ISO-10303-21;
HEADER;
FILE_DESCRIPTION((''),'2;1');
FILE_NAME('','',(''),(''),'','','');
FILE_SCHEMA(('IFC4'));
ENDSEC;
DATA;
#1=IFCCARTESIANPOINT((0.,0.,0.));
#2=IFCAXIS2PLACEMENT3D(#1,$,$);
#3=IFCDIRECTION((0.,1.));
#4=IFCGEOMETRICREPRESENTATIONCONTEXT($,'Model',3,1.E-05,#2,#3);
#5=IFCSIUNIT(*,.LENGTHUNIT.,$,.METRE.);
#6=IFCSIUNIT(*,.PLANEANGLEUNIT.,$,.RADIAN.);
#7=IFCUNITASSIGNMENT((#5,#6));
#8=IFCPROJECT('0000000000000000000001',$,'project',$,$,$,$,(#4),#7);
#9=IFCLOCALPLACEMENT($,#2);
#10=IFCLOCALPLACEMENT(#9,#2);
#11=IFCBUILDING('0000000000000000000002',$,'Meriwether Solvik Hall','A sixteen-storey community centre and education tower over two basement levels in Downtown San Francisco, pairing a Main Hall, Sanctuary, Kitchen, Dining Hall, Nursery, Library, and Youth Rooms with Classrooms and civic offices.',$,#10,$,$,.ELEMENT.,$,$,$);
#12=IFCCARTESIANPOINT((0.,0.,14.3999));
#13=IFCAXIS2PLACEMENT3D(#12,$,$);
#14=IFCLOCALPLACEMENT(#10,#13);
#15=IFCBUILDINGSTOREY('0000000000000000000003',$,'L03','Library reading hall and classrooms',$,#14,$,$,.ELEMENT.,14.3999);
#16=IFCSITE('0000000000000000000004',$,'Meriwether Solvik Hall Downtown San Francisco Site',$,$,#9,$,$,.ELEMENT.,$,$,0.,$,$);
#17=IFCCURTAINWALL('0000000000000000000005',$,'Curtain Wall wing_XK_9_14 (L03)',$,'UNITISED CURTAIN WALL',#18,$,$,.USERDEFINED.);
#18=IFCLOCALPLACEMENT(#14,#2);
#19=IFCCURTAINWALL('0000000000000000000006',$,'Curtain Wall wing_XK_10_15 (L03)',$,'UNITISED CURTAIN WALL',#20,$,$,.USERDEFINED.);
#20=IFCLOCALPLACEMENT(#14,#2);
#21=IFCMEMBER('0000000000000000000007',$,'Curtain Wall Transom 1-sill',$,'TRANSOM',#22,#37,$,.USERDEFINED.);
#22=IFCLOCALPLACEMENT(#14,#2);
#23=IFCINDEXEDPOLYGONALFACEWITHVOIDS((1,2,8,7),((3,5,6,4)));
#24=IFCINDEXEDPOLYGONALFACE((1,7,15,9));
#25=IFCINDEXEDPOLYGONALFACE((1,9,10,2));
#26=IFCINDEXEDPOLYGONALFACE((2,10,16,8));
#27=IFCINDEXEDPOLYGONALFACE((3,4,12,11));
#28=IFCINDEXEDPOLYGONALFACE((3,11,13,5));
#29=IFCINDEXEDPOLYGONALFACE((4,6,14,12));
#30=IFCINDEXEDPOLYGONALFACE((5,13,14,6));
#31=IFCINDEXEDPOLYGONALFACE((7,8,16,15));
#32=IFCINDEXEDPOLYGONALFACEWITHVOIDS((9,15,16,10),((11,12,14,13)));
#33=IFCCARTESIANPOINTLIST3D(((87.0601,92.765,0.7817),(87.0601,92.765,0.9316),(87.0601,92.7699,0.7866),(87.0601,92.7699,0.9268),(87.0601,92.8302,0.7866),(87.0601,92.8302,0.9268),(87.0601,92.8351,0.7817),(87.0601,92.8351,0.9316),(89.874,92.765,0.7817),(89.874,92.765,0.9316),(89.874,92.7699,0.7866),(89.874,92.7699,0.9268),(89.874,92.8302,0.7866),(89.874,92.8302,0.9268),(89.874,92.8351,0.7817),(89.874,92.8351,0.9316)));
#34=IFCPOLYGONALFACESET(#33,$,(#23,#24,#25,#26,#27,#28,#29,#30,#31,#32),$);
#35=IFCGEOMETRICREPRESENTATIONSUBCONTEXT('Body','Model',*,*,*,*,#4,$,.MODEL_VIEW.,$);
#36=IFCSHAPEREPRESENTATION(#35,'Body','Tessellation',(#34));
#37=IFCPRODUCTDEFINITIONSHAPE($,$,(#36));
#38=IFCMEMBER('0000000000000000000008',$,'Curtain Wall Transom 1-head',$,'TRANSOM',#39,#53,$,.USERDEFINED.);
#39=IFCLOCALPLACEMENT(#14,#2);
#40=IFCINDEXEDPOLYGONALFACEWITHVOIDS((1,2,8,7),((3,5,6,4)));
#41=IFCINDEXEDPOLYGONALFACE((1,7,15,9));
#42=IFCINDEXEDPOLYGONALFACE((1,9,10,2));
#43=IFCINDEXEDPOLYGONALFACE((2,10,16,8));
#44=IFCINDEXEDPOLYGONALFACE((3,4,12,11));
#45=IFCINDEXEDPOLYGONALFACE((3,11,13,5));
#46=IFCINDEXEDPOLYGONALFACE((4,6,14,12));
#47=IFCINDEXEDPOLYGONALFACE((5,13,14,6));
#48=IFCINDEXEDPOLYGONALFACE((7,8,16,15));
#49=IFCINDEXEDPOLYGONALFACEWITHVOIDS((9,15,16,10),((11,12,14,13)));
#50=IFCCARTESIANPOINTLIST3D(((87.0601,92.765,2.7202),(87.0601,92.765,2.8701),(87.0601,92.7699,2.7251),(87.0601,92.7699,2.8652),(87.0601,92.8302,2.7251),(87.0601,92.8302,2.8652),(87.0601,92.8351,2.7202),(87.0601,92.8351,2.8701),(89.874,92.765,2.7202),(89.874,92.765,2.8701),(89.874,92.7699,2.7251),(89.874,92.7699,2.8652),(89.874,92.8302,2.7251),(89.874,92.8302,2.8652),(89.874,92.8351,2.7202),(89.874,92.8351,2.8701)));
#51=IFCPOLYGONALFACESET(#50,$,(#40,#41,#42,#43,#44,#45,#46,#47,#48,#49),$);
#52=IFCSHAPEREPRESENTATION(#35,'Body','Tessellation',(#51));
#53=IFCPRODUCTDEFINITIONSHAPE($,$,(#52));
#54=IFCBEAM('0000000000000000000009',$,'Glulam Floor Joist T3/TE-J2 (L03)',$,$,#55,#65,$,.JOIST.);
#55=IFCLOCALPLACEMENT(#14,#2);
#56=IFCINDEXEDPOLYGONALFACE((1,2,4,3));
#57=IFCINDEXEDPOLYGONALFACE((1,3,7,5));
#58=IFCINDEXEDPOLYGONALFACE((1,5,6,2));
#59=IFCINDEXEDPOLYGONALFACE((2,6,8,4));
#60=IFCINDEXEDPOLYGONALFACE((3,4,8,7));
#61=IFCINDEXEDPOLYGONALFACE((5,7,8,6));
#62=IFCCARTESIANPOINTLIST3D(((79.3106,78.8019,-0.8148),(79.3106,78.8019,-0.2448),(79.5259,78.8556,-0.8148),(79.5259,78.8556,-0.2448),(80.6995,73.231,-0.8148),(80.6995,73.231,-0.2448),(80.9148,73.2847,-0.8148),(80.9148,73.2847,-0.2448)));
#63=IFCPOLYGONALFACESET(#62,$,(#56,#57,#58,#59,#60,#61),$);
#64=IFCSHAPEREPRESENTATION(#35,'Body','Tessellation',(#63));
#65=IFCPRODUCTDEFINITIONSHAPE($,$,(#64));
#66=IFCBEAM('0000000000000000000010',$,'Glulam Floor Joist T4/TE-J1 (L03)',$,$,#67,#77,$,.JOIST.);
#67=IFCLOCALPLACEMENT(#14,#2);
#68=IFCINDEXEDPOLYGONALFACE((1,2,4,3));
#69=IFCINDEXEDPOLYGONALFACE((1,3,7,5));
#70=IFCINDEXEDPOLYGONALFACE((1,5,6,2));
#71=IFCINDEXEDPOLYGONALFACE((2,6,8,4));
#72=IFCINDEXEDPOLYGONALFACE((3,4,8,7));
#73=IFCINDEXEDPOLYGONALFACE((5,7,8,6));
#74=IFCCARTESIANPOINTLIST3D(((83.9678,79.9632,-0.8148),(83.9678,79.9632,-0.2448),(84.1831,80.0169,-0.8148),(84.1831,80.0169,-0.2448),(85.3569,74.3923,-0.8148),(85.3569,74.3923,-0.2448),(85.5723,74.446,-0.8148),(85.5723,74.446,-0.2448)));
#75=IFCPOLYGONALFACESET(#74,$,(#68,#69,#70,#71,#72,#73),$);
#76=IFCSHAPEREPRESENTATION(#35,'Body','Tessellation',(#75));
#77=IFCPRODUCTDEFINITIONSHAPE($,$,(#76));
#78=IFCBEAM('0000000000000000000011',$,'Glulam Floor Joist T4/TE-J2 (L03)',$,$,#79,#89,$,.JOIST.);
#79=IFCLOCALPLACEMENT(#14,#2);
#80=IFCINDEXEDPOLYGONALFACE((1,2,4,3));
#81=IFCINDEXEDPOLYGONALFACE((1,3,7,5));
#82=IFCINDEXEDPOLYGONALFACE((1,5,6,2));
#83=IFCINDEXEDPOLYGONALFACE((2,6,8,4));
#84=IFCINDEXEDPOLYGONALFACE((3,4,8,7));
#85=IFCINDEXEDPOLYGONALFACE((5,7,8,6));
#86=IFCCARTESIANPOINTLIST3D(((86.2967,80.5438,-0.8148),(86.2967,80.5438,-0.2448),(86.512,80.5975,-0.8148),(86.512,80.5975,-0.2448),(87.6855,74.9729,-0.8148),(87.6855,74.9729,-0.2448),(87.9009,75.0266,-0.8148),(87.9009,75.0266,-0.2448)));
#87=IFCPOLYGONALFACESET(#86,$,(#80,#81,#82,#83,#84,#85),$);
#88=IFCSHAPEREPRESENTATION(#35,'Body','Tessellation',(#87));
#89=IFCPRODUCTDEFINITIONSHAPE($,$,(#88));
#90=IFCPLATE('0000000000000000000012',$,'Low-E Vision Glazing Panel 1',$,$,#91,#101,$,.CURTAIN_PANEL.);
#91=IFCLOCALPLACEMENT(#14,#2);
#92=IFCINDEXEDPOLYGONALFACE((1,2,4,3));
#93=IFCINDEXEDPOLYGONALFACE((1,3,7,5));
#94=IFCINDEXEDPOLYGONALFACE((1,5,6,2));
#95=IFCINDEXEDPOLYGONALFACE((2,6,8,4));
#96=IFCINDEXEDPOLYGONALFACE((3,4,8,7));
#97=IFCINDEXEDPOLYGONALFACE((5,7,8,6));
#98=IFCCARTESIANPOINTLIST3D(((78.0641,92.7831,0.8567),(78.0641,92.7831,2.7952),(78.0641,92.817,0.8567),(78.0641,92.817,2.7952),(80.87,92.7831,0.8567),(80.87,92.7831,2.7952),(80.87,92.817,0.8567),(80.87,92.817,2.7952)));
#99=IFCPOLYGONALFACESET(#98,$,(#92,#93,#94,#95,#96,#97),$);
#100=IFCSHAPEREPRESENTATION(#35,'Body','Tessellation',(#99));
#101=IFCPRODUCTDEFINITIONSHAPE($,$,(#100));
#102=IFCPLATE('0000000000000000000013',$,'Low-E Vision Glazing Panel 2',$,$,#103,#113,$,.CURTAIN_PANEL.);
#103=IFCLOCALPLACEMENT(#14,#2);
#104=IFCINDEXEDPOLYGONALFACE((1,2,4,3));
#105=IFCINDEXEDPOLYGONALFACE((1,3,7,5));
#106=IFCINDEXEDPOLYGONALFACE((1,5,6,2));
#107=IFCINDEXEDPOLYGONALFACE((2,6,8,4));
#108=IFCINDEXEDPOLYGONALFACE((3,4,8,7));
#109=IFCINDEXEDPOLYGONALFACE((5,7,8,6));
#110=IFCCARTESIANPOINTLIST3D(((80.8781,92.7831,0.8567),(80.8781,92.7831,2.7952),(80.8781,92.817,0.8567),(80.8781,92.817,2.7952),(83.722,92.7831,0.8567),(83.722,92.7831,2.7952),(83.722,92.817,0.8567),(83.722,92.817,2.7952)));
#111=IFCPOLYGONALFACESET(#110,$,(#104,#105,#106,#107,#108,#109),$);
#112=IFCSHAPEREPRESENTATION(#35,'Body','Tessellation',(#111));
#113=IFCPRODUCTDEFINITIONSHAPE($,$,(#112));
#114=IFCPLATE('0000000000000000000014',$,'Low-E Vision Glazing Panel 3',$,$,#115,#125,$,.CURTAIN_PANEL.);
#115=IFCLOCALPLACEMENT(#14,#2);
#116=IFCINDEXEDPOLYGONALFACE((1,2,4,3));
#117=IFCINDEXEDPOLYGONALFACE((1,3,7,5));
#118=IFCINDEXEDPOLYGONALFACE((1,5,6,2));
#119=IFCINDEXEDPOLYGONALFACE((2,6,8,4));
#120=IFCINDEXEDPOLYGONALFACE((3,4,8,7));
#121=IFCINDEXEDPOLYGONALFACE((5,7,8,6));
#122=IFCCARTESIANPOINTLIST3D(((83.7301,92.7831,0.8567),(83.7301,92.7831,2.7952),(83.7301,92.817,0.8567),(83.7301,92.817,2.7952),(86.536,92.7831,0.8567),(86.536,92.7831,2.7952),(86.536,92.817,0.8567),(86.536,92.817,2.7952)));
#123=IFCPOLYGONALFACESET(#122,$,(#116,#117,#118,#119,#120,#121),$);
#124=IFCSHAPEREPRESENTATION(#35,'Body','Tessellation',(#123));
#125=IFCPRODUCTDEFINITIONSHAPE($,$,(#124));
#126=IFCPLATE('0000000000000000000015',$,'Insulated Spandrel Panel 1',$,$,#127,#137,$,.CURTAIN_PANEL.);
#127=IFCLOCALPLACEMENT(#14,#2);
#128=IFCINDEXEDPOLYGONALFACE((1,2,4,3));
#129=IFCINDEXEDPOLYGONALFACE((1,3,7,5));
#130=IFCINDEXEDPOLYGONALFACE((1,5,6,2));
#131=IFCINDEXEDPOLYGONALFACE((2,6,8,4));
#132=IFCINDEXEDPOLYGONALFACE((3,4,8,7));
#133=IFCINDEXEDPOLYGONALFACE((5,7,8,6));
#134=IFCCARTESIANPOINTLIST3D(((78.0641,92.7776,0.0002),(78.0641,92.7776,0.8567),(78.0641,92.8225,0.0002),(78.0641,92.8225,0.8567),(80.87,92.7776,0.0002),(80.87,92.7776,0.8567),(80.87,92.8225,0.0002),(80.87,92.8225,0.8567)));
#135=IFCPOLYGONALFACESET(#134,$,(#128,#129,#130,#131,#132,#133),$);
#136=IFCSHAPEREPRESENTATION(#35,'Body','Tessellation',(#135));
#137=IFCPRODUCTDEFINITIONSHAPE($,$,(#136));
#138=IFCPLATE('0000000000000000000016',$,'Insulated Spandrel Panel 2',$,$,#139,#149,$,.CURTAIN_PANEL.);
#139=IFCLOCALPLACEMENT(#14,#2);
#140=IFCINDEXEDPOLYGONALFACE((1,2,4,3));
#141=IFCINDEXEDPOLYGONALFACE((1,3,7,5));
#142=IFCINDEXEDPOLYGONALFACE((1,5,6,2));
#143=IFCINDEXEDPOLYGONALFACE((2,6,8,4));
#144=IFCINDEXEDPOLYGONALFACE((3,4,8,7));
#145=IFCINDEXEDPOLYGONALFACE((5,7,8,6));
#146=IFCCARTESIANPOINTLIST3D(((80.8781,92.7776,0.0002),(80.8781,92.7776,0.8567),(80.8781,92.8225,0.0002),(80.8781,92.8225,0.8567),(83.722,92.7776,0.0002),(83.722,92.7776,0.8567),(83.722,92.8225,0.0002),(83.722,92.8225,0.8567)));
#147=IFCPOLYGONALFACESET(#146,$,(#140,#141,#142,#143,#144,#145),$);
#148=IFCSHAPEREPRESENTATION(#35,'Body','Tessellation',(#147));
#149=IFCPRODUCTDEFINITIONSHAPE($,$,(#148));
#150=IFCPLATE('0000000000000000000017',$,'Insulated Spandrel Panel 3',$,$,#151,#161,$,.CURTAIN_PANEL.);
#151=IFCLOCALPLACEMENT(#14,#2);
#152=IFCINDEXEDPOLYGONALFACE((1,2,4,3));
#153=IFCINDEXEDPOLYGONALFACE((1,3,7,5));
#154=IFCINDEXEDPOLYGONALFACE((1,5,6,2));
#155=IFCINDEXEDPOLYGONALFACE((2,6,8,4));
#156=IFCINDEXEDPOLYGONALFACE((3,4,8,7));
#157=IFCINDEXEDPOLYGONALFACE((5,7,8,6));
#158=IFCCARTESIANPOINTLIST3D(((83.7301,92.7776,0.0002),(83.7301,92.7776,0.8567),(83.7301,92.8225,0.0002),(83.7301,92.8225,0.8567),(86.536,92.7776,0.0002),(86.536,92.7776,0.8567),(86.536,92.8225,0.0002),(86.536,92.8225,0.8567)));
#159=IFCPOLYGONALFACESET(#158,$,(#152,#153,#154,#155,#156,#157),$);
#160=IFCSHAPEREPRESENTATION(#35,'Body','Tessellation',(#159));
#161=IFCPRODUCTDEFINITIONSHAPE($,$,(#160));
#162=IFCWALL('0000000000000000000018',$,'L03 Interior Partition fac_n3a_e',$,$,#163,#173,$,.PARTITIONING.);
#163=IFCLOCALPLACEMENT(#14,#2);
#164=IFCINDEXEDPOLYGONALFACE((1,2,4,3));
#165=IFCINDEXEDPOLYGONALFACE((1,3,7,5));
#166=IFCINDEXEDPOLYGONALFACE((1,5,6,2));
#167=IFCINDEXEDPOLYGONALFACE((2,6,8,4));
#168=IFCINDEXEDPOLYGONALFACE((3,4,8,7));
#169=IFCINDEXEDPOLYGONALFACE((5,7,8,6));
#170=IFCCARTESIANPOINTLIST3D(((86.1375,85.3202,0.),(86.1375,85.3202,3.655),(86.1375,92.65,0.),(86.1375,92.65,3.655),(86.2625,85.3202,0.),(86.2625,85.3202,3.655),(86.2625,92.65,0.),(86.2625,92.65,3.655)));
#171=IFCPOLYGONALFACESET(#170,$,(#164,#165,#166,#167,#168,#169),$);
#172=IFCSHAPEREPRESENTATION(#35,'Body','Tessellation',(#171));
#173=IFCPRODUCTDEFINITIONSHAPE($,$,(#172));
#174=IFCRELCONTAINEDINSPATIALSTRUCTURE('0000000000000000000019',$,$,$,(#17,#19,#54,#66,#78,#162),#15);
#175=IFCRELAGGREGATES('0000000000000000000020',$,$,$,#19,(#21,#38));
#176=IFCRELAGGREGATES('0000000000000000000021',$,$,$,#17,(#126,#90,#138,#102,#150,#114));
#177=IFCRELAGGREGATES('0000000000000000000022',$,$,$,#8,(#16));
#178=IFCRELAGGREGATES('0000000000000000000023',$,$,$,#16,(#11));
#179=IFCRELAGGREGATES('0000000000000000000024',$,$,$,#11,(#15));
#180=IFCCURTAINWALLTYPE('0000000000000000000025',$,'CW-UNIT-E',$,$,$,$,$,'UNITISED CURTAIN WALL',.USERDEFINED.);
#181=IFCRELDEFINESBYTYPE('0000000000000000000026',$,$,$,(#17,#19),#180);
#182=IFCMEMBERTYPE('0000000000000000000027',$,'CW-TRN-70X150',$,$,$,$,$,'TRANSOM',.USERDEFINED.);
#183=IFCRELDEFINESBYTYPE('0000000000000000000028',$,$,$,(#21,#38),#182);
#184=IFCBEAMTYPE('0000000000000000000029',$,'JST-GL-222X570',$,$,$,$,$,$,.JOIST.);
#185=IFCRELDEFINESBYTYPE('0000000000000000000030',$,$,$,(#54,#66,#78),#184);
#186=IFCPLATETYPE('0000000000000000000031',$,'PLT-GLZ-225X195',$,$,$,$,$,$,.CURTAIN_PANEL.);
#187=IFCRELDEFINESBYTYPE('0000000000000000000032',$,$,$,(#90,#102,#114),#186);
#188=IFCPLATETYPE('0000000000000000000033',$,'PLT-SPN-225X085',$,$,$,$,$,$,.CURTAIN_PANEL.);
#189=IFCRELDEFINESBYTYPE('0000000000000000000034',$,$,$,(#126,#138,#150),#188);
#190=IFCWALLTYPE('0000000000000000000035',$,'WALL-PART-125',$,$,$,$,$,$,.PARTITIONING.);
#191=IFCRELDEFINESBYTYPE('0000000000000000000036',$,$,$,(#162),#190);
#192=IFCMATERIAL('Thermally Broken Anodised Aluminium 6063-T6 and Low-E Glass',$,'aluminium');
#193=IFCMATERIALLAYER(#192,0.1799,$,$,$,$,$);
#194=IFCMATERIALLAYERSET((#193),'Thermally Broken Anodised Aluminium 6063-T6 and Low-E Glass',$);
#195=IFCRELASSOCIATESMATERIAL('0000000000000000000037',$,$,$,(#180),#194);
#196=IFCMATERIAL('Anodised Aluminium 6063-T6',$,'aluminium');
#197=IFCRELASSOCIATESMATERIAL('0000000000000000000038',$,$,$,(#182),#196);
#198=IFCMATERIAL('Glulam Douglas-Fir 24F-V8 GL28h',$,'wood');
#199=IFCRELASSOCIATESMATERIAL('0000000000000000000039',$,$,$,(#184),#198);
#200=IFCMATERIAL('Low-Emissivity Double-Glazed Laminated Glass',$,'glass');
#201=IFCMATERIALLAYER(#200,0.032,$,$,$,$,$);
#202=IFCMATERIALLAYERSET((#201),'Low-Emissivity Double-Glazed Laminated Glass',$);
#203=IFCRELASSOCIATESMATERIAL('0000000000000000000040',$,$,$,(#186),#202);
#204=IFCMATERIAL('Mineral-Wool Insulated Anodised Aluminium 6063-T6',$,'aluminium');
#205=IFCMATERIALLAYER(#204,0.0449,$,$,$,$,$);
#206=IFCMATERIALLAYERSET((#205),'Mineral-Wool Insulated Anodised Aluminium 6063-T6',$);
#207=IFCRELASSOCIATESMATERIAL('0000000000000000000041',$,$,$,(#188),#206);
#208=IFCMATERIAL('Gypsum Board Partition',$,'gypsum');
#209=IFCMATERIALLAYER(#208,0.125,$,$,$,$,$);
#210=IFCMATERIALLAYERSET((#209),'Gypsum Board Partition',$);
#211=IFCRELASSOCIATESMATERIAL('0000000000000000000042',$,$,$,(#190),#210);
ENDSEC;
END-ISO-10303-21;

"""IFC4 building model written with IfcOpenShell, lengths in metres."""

from ifc_helpers import new_model, si_unit, direction, frame, frame_2d, origin, origin_2d, place, context, subcontext, project, spatial, rectangle, hollow_rectangle, extrude, material, layer, layer_set, material_profile, profile_set, type_object, element, aggregate, save


model = new_model("IFC4")

# Units and contexts
model_context = context("Model", 3, precision=1e-05, world=origin(), true_north=direction((0.0, 1.0)))
body_context = subcontext(model_context, "Body", "Model", "MODEL_VIEW")
ifc_project = project(units=[si_unit("LENGTHUNIT", "METRE"), si_unit("PLANEANGLEUNIT", "RADIAN")], contexts=[model_context])

# Site, building, storey
site_placement = place(None, origin())
site = spatial("IfcSite", under=ifc_project, at=site_placement, Name="Meriwether Solvik Hall Downtown San Francisco Site", CompositionType="ELEMENT", RefElevation=0.0)
building_placement = place(site_placement, origin())
building = spatial("IfcBuilding", under=site, at=building_placement, Name="Meriwether Solvik Hall", Description="A sixteen-storey community centre and education tower over two basement levels in Downtown San Francisco, pairing a Main Hall, Sanctuary, Kitchen, Dining Hall, Nursery, Library, and Youth Rooms with Classrooms and civic offices.", CompositionType="ELEMENT")
storey_placement = place(building_placement, frame((0.0, 0.0, 14.3999)))
storey = spatial("IfcBuildingStorey", under=building, at=storey_placement, Name="L03", Description="Library reading hall and classrooms", CompositionType="ELEMENT", Elevation=14.3999)

# Curtain wall
ifc_material_1 = material(Name="Thermally Broken Anodised Aluminium 6063-T6 and Low-E Glass", Category="aluminium")
ifc_layer_1 = layer(ifc_material_1, 0.1799)
ifc_layer_set_1 = layer_set([ifc_layer_1], Name="Thermally Broken Anodised Aluminium 6063-T6 and Low-E Glass")
curtain_wall_type = type_object("IfcCurtainWallType", Name="CW-UNIT-E", ElementType="UNITISED CURTAIN WALL", PredefinedType="USERDEFINED", material=ifc_layer_set_1)
curtain_wall_1_placement = place(storey_placement, origin())
curtain_wall_1 = element("IfcCurtainWall", 1, at=curtain_wall_1_placement, inside=storey, type_object=curtain_wall_type, Name="Curtain Wall wing_XK_9_14 (L03)", ObjectType="UNITISED CURTAIN WALL", PredefinedType="USERDEFINED")

# Curtain wall
curtain_wall_2_placement = place(storey_placement, origin())
curtain_wall_2 = element("IfcCurtainWall", 2, at=curtain_wall_2_placement, inside=storey, type_object=curtain_wall_type, Name="Curtain Wall wing_XK_10_15 (L03)", ObjectType="UNITISED CURTAIN WALL", PredefinedType="USERDEFINED")

# Members
ifc_material_2 = material(Name="Anodised Aluminium 6063-T6", Category="aluminium")
ifc_material_profile_1 = material_profile(ifc_material_2, hollow_rectangle(XDim=0.0701, YDim=0.1499, WallThickness=0.0049, at=origin_2d()), Name="CWT-70X150")
ifc_profile_set_1 = profile_set([ifc_material_profile_1], Name="Anodised Aluminium 6063-T6")
member_type_1 = type_object("IfcMemberType", Name="CW-TRN-70X150", ElementType="TRANSOM", PredefinedType="USERDEFINED", material=ifc_profile_set_1)
member_1_placement = place(storey_placement, frame((87.0601, 92.8, 0.8567), z_axis=(1.0, 0.0, 0.0), x_axis=(0.0, 1.0, 0.0)))
member_1 = element("IfcMember", 3, at=member_1_placement, type_object=member_type_1, Name="Curtain Wall Transom 1-sill", ObjectType="TRANSOM", PredefinedType="USERDEFINED", context=body_context, shape_type="SweptSolid", body=[
    extrude(hollow_rectangle(XDim=0.0701, YDim=0.1499, WallThickness=0.0049, at=origin_2d()), origin(), (0.0, 0.0, 1.0), 2.814),
])
member_2_placement = place(storey_placement, frame((87.0601, 92.8, 2.7952), z_axis=(1.0, 0.0, 0.0), x_axis=(0.0, 1.0, 0.0)))
member_2 = element("IfcMember", 4, at=member_2_placement, type_object=member_type_1, Name="Curtain Wall Transom 1-head", ObjectType="TRANSOM", PredefinedType="USERDEFINED", context=body_context, shape_type="SweptSolid", body=[
    extrude(hollow_rectangle(XDim=0.0701, YDim=0.1499, WallThickness=0.0049, at=origin_2d()), origin(), (0.0, 0.0, 1.0), 2.814),
])
aggregate(curtain_wall_2, [member_1, member_2])

# Beams
ifc_material_3 = material(Name="Glulam Douglas-Fir 24F-V8 GL28h", Category="wood")
ifc_material_profile_2 = material_profile(ifc_material_3, rectangle(XDim=0.2219, YDim=0.5701, at=origin_2d()), Name="GLJ-222X570")
ifc_profile_set_2 = profile_set([ifc_material_profile_2], Name="Glulam Douglas-Fir 24F-V8 GL28h")
beam_type_1 = type_object("IfcBeamType", Name="JST-GL-222X570", PredefinedType="JOIST", material=ifc_profile_set_2)
for number, where, z_axis, x_axis, name in (
    (5, (80.8071, 73.2578, -0.5298), (-0.241905, 0.9703, 0.0), (-0.9703, -0.241905, 0.0), "Glulam Floor Joist T3/TE-J2 (L03)"),
    (6, (85.4646, 74.4192, -0.5298), (-0.241955, 0.970287, 0.0), (-0.970287, -0.241955, 0.0), "Glulam Floor Joist T4/TE-J1 (L03)"),
    (7, (87.7932, 74.9998, -0.5298), (-0.241905, 0.9703, 0.0), (-0.9703, -0.241905, 0.0), "Glulam Floor Joist T4/TE-J2 (L03)"),
):
    element("IfcBeam", number, at=place(storey_placement, frame(where, z_axis=z_axis, x_axis=x_axis)), inside=storey, type_object=beam_type_1, Name=name, PredefinedType="JOIST", context=body_context, shape_type="SweptSolid", body=[
        extrude(rectangle(XDim=0.2219, YDim=0.5701, at=origin_2d()), origin(), (0.0, 0.0, 1.0), 5.7415),
    ])

# Plates
ifc_material_4 = material(Name="Low-Emissivity Double-Glazed Laminated Glass", Category="glass")
ifc_layer_2 = layer(ifc_material_4, 0.032)
ifc_layer_set_2 = layer_set([ifc_layer_2], Name="Low-Emissivity Double-Glazed Laminated Glass")
plate_type_1 = type_object("IfcPlateType", Name="PLT-GLZ-225X195", PredefinedType="CURTAIN_PANEL", material=ifc_layer_set_2)
plate_1_placement = place(storey_placement, frame((79.467, 92.8, 0.8567), z_axis=(0.0, 0.0, 1.0), x_axis=(1.0, 0.0, 0.0)))
plate_1 = element("IfcPlate", 8, at=plate_1_placement, type_object=plate_type_1, Name="Low-E Vision Glazing Panel 1", PredefinedType="CURTAIN_PANEL", context=body_context, shape_type="SweptSolid", body=[
    extrude(rectangle(XDim=2.8059, YDim=0.0339, at=origin_2d()), origin(), (0.0, 0.0, 1.0), 1.9385),
])
plate_2_placement = place(storey_placement, frame((82.3, 92.8, 0.8567), z_axis=(0.0, 0.0, 1.0), x_axis=(1.0, 0.0, 0.0)))
plate_2 = element("IfcPlate", 9, at=plate_2_placement, type_object=plate_type_1, Name="Low-E Vision Glazing Panel 2", PredefinedType="CURTAIN_PANEL", context=body_context, shape_type="SweptSolid", body=[
    extrude(rectangle(XDim=2.844, YDim=0.0339, at=origin_2d()), origin(), (0.0, 0.0, 1.0), 1.9385),
])
plate_3_placement = place(storey_placement, frame((85.1331, 92.8, 0.8567), z_axis=(0.0, 0.0, 1.0), x_axis=(1.0, 0.0, 0.0)))
plate_3 = element("IfcPlate", 10, at=plate_3_placement, type_object=plate_type_1, Name="Low-E Vision Glazing Panel 3", PredefinedType="CURTAIN_PANEL", context=body_context, shape_type="SweptSolid", body=[
    extrude(rectangle(XDim=2.8059, YDim=0.0339, at=origin_2d()), origin(), (0.0, 0.0, 1.0), 1.9385),
])
ifc_material_5 = material(Name="Mineral-Wool Insulated Anodised Aluminium 6063-T6", Category="aluminium")
ifc_layer_3 = layer(ifc_material_5, 0.0449)
ifc_layer_set_3 = layer_set([ifc_layer_3], Name="Mineral-Wool Insulated Anodised Aluminium 6063-T6")
plate_type_2 = type_object("IfcPlateType", Name="PLT-SPN-225X085", PredefinedType="CURTAIN_PANEL", material=ifc_layer_set_3)
plate_4_placement = place(storey_placement, frame((79.467, 92.8, 0.0002), z_axis=(0.0, 0.0, 1.0), x_axis=(1.0, 0.0, 0.0)))
plate_4 = element("IfcPlate", 11, at=plate_4_placement, type_object=plate_type_2, Name="Insulated Spandrel Panel 1", PredefinedType="CURTAIN_PANEL", context=body_context, shape_type="SweptSolid", body=[
    extrude(rectangle(XDim=2.8059, YDim=0.0449, at=origin_2d()), origin(), (0.0, 0.0, 1.0), 0.8564),
])
plate_5_placement = place(storey_placement, frame((82.3, 92.8, 0.0002), z_axis=(0.0, 0.0, 1.0), x_axis=(1.0, 0.0, 0.0)))
plate_5 = element("IfcPlate", 12, at=plate_5_placement, type_object=plate_type_2, Name="Insulated Spandrel Panel 2", PredefinedType="CURTAIN_PANEL", context=body_context, shape_type="SweptSolid", body=[
    extrude(rectangle(XDim=2.844, YDim=0.0449, at=origin_2d()), origin(), (0.0, 0.0, 1.0), 0.8564),
])
plate_6_placement = place(storey_placement, frame((85.1331, 92.8, 0.0002), z_axis=(0.0, 0.0, 1.0), x_axis=(1.0, 0.0, 0.0)))
plate_6 = element("IfcPlate", 13, at=plate_6_placement, type_object=plate_type_2, Name="Insulated Spandrel Panel 3", PredefinedType="CURTAIN_PANEL", context=body_context, shape_type="SweptSolid", body=[
    extrude(rectangle(XDim=2.8059, YDim=0.0449, at=origin_2d()), origin(), (0.0, 0.0, 1.0), 0.8564),
])
aggregate(curtain_wall_1, [plate_4, plate_1, plate_5, plate_2, plate_6, plate_3])

# Wall
ifc_material_6 = material(Name="Gypsum Board Partition", Category="gypsum")
ifc_layer_4 = layer(ifc_material_6, 0.125)
ifc_layer_set_4 = layer_set([ifc_layer_4], Name="Gypsum Board Partition")
wall_type_1 = type_object("IfcWallType", Name="WALL-PART-125", PredefinedType="PARTITIONING", material=ifc_layer_set_4)
wall_1_placement = place(storey_placement, frame((86.2, 85.3201, 0.0), z_axis=(0.0, 0.0, 1.0), x_axis=(0.0, 1.0, 0.0)))
element("IfcWall", 14, at=wall_1_placement, inside=storey, type_object=wall_type_1, Name="L03 Interior Partition fac_n3a_e", PredefinedType="PARTITIONING", context=body_context, shape_type="SweptSolid", body=[
    extrude(rectangle(XDim=7.3298, YDim=0.125, at=frame_2d((3.665, 0.0))), origin(), (0.0, 0.0, 1.0), 3.655),
])

save(model, "model.ifc")
